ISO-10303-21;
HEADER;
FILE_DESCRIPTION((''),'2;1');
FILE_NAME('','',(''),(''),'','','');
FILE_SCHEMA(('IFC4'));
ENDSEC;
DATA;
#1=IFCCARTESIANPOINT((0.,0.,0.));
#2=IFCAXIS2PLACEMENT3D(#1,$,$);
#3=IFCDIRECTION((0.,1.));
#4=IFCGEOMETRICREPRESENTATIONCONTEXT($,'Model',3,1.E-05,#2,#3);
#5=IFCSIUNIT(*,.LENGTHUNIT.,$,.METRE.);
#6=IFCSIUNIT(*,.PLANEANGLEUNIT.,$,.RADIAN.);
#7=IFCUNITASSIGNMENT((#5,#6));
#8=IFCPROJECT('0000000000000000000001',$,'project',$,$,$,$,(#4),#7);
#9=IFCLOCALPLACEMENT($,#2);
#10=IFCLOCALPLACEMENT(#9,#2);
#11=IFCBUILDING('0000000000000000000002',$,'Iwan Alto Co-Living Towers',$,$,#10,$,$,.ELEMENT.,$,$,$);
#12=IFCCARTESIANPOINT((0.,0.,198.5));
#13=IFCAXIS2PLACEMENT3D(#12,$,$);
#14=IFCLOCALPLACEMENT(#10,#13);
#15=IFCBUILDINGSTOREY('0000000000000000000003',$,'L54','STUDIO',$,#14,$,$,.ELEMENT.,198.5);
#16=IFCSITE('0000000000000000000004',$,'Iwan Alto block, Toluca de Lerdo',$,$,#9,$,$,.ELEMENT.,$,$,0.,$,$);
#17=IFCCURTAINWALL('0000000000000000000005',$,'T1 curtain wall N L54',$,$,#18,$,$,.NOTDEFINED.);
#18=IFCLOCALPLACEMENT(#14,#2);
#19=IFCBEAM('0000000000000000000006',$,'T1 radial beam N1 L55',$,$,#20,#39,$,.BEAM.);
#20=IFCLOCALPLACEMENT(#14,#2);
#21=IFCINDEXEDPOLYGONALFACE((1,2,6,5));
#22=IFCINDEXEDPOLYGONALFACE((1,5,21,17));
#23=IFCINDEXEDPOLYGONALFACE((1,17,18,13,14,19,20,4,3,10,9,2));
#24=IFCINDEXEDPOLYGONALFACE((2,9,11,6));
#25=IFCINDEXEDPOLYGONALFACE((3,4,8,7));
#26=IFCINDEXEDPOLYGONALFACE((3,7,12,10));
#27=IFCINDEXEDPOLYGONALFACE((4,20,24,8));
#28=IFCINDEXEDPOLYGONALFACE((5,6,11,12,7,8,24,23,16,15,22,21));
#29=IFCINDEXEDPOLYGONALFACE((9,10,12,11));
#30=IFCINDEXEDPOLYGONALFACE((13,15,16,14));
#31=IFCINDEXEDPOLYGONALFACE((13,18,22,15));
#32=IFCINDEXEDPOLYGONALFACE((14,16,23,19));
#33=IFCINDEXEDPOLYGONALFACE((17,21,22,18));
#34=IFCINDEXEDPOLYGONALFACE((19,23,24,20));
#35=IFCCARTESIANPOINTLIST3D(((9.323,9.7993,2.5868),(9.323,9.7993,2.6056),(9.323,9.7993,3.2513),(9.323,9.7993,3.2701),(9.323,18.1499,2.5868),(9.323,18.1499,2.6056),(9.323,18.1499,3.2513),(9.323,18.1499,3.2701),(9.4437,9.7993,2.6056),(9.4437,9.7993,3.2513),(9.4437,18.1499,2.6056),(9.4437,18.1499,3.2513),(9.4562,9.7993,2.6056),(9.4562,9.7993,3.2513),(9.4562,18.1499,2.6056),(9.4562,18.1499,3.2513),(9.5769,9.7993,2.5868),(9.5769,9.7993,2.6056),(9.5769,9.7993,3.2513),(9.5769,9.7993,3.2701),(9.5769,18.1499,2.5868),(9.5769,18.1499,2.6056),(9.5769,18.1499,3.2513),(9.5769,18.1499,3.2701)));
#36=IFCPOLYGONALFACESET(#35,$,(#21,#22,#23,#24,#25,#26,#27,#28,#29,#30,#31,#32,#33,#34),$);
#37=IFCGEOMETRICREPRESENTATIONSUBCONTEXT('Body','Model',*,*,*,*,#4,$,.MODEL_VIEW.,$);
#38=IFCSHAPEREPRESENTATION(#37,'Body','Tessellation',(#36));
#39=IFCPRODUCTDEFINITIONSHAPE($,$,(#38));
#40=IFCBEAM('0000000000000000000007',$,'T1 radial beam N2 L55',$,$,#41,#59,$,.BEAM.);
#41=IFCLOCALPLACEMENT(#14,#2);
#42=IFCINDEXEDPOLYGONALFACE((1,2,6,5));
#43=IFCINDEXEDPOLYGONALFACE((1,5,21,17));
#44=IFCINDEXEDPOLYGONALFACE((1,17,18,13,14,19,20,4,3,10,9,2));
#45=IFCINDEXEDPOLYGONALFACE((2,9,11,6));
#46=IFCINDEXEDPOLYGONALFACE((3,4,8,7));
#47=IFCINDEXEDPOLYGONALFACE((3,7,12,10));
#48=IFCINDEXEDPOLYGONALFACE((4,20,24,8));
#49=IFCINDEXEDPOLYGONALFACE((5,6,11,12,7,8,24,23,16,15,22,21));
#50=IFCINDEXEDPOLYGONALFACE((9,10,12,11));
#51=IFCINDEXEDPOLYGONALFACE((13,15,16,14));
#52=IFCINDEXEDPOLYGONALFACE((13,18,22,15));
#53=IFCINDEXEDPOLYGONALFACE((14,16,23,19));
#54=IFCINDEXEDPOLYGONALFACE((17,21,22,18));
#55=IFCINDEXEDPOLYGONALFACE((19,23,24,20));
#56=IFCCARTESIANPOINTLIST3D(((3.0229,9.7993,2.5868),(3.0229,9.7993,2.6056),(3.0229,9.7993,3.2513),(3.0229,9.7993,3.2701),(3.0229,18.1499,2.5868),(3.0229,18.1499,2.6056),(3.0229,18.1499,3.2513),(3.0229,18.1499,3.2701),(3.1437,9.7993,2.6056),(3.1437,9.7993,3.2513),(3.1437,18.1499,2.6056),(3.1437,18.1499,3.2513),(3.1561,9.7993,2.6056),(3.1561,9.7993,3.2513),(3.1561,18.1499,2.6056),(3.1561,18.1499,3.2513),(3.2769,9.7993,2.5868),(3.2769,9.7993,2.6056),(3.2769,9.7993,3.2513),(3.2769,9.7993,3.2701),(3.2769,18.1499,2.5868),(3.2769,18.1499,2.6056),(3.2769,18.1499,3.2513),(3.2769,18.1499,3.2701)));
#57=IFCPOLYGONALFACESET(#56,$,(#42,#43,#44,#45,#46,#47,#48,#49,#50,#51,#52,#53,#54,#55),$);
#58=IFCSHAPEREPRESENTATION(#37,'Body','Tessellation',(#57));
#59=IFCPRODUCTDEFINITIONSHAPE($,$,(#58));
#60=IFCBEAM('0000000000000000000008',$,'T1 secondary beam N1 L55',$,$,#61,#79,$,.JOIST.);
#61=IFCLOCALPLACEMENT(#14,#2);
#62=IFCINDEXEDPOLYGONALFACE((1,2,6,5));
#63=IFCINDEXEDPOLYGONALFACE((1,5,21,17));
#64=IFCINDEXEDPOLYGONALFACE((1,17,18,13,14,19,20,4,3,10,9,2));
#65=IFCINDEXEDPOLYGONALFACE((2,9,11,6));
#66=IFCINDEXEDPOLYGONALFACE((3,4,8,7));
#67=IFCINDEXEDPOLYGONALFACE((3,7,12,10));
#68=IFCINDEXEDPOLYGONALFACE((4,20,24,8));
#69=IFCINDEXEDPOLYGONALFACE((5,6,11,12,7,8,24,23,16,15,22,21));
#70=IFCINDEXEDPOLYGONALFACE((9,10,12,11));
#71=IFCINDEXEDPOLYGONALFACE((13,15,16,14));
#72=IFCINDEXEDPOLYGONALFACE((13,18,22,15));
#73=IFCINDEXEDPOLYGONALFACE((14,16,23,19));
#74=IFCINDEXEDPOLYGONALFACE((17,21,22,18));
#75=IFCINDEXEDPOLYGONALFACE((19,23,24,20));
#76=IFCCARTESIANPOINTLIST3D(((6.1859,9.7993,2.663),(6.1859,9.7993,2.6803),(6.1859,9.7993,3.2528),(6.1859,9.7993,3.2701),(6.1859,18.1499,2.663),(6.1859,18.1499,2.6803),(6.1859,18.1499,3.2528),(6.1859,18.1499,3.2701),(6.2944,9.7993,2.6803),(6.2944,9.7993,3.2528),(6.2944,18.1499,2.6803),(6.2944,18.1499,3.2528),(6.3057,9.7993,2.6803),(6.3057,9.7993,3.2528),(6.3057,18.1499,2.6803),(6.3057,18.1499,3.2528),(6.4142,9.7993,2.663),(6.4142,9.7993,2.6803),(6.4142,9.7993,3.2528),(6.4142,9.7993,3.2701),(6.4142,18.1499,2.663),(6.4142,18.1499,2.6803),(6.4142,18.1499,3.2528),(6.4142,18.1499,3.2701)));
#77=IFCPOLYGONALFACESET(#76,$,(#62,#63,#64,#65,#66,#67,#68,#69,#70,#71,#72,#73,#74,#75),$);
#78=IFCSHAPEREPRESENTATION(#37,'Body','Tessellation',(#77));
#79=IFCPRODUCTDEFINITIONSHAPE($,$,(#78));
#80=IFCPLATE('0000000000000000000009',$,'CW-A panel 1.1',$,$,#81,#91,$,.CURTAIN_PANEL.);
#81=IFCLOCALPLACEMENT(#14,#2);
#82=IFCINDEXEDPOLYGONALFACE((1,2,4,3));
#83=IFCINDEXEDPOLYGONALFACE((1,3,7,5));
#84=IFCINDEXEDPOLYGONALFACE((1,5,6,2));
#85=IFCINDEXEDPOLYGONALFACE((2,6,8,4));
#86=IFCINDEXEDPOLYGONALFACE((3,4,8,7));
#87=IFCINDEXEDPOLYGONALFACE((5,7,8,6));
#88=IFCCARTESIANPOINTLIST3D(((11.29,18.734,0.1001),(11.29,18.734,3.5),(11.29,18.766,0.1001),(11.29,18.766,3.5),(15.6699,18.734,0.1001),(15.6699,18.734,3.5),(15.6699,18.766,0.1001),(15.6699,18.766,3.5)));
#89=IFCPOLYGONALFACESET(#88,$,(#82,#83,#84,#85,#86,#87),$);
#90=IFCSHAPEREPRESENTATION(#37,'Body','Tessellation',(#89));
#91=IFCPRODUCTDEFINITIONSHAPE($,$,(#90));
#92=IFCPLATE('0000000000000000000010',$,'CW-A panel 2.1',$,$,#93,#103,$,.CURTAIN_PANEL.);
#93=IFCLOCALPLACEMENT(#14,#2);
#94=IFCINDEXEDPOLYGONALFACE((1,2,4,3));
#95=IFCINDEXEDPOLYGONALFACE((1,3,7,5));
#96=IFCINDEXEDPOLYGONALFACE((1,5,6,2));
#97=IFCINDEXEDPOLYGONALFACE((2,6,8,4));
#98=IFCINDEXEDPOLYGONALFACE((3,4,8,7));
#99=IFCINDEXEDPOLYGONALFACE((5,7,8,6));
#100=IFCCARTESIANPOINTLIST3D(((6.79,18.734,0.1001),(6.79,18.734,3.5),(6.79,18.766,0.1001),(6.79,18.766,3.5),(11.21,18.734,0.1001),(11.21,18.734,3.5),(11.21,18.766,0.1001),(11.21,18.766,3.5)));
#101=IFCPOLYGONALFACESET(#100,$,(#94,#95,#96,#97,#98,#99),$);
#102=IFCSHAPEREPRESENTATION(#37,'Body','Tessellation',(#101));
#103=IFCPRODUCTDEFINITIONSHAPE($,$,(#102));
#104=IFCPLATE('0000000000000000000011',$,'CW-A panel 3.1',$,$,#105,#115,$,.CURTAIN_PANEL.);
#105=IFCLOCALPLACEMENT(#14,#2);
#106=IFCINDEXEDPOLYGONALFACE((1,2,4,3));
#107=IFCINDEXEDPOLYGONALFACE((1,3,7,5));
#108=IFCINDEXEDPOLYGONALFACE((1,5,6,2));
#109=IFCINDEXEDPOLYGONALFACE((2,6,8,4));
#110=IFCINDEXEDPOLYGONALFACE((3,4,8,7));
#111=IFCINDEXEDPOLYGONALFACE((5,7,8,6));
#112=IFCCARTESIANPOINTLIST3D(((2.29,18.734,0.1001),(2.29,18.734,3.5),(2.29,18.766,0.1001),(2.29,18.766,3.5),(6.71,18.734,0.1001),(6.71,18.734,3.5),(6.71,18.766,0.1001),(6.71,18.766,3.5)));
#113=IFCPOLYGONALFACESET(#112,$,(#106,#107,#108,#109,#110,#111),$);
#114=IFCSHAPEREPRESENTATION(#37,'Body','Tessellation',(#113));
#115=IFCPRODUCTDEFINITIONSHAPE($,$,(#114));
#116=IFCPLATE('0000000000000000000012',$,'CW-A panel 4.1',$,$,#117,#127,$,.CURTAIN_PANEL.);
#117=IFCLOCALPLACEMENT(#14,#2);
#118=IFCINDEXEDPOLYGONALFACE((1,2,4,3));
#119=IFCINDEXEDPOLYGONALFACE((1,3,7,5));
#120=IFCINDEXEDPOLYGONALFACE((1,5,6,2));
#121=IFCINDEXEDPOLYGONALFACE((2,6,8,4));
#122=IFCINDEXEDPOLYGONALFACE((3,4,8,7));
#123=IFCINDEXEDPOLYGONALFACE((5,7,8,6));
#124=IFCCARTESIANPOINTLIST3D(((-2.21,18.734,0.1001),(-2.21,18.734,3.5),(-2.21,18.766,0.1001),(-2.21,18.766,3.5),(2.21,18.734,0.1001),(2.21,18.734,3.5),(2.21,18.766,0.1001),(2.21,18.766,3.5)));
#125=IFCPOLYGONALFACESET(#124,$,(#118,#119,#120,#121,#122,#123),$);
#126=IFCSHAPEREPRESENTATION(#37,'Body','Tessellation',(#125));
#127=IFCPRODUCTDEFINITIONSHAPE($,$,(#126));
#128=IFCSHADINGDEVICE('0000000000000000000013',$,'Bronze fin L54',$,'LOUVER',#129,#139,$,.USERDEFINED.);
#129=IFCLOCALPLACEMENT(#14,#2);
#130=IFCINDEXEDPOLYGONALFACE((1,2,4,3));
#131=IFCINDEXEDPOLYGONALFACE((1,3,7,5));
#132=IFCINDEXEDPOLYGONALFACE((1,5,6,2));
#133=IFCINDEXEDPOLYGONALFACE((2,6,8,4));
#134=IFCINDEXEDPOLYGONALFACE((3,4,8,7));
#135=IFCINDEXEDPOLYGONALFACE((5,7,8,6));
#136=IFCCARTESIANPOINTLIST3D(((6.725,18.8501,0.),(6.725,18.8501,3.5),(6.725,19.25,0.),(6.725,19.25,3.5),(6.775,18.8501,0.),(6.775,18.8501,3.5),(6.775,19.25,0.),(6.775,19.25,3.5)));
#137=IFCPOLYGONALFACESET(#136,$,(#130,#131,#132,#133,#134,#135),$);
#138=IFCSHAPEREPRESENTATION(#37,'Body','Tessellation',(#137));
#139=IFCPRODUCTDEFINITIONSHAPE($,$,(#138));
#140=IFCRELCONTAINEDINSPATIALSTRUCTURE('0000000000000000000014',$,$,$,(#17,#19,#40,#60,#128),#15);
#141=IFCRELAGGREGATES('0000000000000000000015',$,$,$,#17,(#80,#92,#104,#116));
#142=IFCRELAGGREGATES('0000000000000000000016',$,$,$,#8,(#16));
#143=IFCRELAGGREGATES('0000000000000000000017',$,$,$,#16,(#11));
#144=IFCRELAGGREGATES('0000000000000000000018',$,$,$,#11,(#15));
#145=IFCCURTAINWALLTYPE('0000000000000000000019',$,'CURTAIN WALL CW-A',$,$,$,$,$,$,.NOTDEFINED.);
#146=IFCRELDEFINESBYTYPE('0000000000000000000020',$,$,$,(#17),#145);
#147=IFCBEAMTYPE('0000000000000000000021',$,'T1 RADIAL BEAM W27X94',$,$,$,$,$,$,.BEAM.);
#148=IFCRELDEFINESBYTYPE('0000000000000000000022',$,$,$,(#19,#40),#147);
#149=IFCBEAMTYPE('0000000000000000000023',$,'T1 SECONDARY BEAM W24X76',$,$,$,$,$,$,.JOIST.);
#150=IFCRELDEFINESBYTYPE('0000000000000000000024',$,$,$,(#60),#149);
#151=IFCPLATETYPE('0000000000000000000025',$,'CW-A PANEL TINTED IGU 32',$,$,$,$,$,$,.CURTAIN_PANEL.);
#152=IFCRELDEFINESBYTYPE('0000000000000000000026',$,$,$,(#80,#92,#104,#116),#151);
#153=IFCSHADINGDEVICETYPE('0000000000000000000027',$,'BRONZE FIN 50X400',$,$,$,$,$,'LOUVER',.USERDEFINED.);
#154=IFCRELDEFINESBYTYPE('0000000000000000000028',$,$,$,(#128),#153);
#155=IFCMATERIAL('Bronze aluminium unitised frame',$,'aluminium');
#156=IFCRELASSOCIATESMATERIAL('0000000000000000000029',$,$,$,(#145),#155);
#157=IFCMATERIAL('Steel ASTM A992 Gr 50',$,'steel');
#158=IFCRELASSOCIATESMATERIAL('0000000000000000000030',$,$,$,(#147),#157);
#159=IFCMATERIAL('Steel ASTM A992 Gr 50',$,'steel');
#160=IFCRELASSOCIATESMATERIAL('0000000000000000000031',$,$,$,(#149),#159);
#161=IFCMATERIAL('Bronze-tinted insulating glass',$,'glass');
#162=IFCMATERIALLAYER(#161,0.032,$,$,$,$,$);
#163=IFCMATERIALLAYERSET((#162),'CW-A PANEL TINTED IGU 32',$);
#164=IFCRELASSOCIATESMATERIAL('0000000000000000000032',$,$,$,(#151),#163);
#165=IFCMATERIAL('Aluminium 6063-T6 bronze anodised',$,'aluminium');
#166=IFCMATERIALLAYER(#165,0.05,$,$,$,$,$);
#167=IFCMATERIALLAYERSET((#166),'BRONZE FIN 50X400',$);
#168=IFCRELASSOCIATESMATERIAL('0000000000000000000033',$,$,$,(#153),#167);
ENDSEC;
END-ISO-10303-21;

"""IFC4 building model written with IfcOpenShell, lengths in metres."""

from ifc_helpers import new_model, si_unit, direction, frame, origin, origin_2d, place, context, subcontext, project, spatial, rectangle, i_section, extrude, material, layer, layer_set, material_profile, profile_set, type_object, element, aggregate, save


model = new_model("IFC4")

# Units and contexts
model_context = context("Model", 3, precision=1e-05, world=origin(), true_north=direction((0.0, 1.0)))
body_context = subcontext(model_context, "Body", "Model", "MODEL_VIEW")
ifc_project = project(units=[si_unit("LENGTHUNIT", "METRE"), si_unit("PLANEANGLEUNIT", "RADIAN")], contexts=[model_context])

# Site, building, storey
site_placement = place(None, origin())
site = spatial("IfcSite", under=ifc_project, at=site_placement, Name="Iwan Alto block, Toluca de Lerdo", CompositionType="ELEMENT", RefElevation=0.0)
building_placement = place(site_placement, origin())
building = spatial("IfcBuilding", under=site, at=building_placement, Name="Iwan Alto Co-Living Towers", CompositionType="ELEMENT")
storey_placement = place(building_placement, frame((0.0, 0.0, 198.5)))
storey = spatial("IfcBuildingStorey", under=building, at=storey_placement, Name="L54", Description="STUDIO", CompositionType="ELEMENT", Elevation=198.5)

# Curtain wall
ifc_material_1 = material(Name="Bronze aluminium unitised frame", Category="aluminium")
curtain_wall_type = type_object("IfcCurtainWallType", Name="CURTAIN WALL CW-A", PredefinedType="NOTDEFINED", material=ifc_material_1)
curtain_wall_placement = place(storey_placement, origin())
curtain_wall = element("IfcCurtainWall", 1, at=curtain_wall_placement, inside=storey, type_object=curtain_wall_type, Name="T1 curtain wall N L54", PredefinedType="NOTDEFINED")

# Beams
ifc_material_2 = material(Name="Steel ASTM A992 Gr 50", Category="steel")
ifc_material_profile_1 = material_profile(ifc_material_2, i_section(OverallWidth=0.2539, OverallDepth=0.6833, WebThickness=0.0125, FlangeThickness=0.0188, at=origin_2d()), Name="W27X94")
ifc_profile_set_1 = profile_set([ifc_material_profile_1], Name="Steel ASTM A992 Gr 50")
beam_type_1 = type_object("IfcBeamType", Name="T1 RADIAL BEAM W27X94", PredefinedType="BEAM", material=ifc_profile_set_1)
for number, where, z_axis, x_axis, name in (
    (2, (9.45, 18.1499, 2.9285), (0.0, -1.0, 0.0), (1.0, 0.0, 0.0), "T1 radial beam N1 L55"),
    (3, (3.1499, 18.1499, 2.9285), (0.0, -1.0, 0.0), (1.0, 0.0, 0.0), "T1 radial beam N2 L55"),
):
    element("IfcBeam", number, at=place(storey_placement, frame(where, z_axis=z_axis, x_axis=x_axis)), inside=storey, type_object=beam_type_1, Name=name, PredefinedType="BEAM", context=body_context, shape_type="SweptSolid", body=[
        extrude(i_section(OverallWidth=0.2539, OverallDepth=0.6833, WebThickness=0.0125, FlangeThickness=0.0188, at=origin_2d()), origin(), (0.0, 0.0, 1.0), 8.3506),
    ])
ifc_material_3 = material(Name="Steel ASTM A992 Gr 50", Category="steel")
ifc_material_profile_2 = material_profile(ifc_material_3, i_section(OverallWidth=0.2283, OverallDepth=0.6072, WebThickness=0.0112, FlangeThickness=0.0173, at=origin_2d()), Name="W24X76")
ifc_profile_set_2 = profile_set([ifc_material_profile_2], Name="Steel ASTM A992 Gr 50")
beam_type_2 = type_object("IfcBeamType", Name="T1 SECONDARY BEAM W24X76", PredefinedType="JOIST", material=ifc_profile_set_2)
beam_1_placement = place(storey_placement, frame((6.3, 18.1499, 2.9666), z_axis=(0.0, -1.0, 0.0), x_axis=(1.0, 0.0, 0.0)))
element("IfcBeam", 4, at=beam_1_placement, inside=storey, type_object=beam_type_2, Name="T1 secondary beam N1 L55", PredefinedType="JOIST", context=body_context, shape_type="SweptSolid", body=[
    extrude(i_section(OverallWidth=0.2283, OverallDepth=0.6072, WebThickness=0.0112, FlangeThickness=0.0173, at=origin_2d()), origin(), (0.0, 0.0, 1.0), 8.3506),
])

# Plates
ifc_material_4 = material(Name="Bronze-tinted insulating glass", Category="glass")
ifc_layer_1 = layer(ifc_material_4, 0.032)
ifc_layer_set_1 = layer_set([ifc_layer_1], Name="CW-A PANEL TINTED IGU 32")
plate_type = type_object("IfcPlateType", Name="CW-A PANEL TINTED IGU 32", PredefinedType="CURTAIN_PANEL", material=ifc_layer_set_1)
plate_1_placement = place(storey_placement, frame((13.48, 18.75, 0.1001), z_axis=(0.0, 0.0, 1.0), x_axis=(-1.0, 0.0, 0.0)))
plate_1 = element("IfcPlate", 5, at=plate_1_placement, type_object=plate_type, Name="CW-A panel 1.1", PredefinedType="CURTAIN_PANEL", context=body_context, shape_type="SweptSolid", body=[
    extrude(rectangle(XDim=4.3799, YDim=0.032, at=origin_2d()), origin(), (0.0, 0.0, 1.0), 3.3999),
])
plate_2_placement = place(storey_placement, frame((9.0, 18.75, 0.1001), z_axis=(0.0, 0.0, 1.0), x_axis=(-1.0, 0.0, 0.0)))
plate_2 = element("IfcPlate", 6, at=plate_2_placement, type_object=plate_type, Name="CW-A panel 2.1", PredefinedType="CURTAIN_PANEL", context=body_context, shape_type="SweptSolid", body=[
    extrude(rectangle(XDim=4.4199, YDim=0.032, at=origin_2d()), origin(), (0.0, 0.0, 1.0), 3.3999),
])
plate_3_placement = place(storey_placement, frame((4.5, 18.75, 0.1001), z_axis=(0.0, 0.0, 1.0), x_axis=(-1.0, 0.0, 0.0)))
plate_3 = element("IfcPlate", 7, at=plate_3_placement, type_object=plate_type, Name="CW-A panel 3.1", PredefinedType="CURTAIN_PANEL", context=body_context, shape_type="SweptSolid", body=[
    extrude(rectangle(XDim=4.4199, YDim=0.032, at=origin_2d()), origin(), (0.0, 0.0, 1.0), 3.3999),
])
plate_4_placement = place(storey_placement, frame((0.0, 18.75, 0.1001), z_axis=(0.0, 0.0, 1.0), x_axis=(-1.0, 0.0, 0.0)))
plate_4 = element("IfcPlate", 8, at=plate_4_placement, type_object=plate_type, Name="CW-A panel 4.1", PredefinedType="CURTAIN_PANEL", context=body_context, shape_type="SweptSolid", body=[
    extrude(rectangle(XDim=4.4199, YDim=0.032, at=origin_2d()), origin(), (0.0, 0.0, 1.0), 3.3999),
])
aggregate(curtain_wall, [plate_1, plate_2, plate_3, plate_4])

# Shading device
ifc_material_5 = material(Name="Aluminium 6063-T6 bronze anodised", Category="aluminium")
ifc_layer_2 = layer(ifc_material_5, 0.05)
ifc_layer_set_2 = layer_set([ifc_layer_2], Name="BRONZE FIN 50X400")
shading_device_type = type_object("IfcShadingDeviceType", Name="BRONZE FIN 50X400", ElementType="LOUVER", PredefinedType="USERDEFINED", material=ifc_layer_set_2)
shading_device_placement = place(storey_placement, frame((6.75, 19.05, 0.0), z_axis=(0.0, 0.0, 1.0), x_axis=(-1.0, 0.0, 0.0)))
element("IfcShadingDevice", 9, at=shading_device_placement, inside=storey, type_object=shading_device_type, Name="Bronze fin L54", ObjectType="LOUVER", PredefinedType="USERDEFINED", context=body_context, shape_type="SweptSolid", body=[
    extrude(rectangle(XDim=0.05, YDim=0.3999, at=origin_2d()), origin(), (0.0, 0.0, 1.0), 3.5),
])

save(model, "model.ifc")
